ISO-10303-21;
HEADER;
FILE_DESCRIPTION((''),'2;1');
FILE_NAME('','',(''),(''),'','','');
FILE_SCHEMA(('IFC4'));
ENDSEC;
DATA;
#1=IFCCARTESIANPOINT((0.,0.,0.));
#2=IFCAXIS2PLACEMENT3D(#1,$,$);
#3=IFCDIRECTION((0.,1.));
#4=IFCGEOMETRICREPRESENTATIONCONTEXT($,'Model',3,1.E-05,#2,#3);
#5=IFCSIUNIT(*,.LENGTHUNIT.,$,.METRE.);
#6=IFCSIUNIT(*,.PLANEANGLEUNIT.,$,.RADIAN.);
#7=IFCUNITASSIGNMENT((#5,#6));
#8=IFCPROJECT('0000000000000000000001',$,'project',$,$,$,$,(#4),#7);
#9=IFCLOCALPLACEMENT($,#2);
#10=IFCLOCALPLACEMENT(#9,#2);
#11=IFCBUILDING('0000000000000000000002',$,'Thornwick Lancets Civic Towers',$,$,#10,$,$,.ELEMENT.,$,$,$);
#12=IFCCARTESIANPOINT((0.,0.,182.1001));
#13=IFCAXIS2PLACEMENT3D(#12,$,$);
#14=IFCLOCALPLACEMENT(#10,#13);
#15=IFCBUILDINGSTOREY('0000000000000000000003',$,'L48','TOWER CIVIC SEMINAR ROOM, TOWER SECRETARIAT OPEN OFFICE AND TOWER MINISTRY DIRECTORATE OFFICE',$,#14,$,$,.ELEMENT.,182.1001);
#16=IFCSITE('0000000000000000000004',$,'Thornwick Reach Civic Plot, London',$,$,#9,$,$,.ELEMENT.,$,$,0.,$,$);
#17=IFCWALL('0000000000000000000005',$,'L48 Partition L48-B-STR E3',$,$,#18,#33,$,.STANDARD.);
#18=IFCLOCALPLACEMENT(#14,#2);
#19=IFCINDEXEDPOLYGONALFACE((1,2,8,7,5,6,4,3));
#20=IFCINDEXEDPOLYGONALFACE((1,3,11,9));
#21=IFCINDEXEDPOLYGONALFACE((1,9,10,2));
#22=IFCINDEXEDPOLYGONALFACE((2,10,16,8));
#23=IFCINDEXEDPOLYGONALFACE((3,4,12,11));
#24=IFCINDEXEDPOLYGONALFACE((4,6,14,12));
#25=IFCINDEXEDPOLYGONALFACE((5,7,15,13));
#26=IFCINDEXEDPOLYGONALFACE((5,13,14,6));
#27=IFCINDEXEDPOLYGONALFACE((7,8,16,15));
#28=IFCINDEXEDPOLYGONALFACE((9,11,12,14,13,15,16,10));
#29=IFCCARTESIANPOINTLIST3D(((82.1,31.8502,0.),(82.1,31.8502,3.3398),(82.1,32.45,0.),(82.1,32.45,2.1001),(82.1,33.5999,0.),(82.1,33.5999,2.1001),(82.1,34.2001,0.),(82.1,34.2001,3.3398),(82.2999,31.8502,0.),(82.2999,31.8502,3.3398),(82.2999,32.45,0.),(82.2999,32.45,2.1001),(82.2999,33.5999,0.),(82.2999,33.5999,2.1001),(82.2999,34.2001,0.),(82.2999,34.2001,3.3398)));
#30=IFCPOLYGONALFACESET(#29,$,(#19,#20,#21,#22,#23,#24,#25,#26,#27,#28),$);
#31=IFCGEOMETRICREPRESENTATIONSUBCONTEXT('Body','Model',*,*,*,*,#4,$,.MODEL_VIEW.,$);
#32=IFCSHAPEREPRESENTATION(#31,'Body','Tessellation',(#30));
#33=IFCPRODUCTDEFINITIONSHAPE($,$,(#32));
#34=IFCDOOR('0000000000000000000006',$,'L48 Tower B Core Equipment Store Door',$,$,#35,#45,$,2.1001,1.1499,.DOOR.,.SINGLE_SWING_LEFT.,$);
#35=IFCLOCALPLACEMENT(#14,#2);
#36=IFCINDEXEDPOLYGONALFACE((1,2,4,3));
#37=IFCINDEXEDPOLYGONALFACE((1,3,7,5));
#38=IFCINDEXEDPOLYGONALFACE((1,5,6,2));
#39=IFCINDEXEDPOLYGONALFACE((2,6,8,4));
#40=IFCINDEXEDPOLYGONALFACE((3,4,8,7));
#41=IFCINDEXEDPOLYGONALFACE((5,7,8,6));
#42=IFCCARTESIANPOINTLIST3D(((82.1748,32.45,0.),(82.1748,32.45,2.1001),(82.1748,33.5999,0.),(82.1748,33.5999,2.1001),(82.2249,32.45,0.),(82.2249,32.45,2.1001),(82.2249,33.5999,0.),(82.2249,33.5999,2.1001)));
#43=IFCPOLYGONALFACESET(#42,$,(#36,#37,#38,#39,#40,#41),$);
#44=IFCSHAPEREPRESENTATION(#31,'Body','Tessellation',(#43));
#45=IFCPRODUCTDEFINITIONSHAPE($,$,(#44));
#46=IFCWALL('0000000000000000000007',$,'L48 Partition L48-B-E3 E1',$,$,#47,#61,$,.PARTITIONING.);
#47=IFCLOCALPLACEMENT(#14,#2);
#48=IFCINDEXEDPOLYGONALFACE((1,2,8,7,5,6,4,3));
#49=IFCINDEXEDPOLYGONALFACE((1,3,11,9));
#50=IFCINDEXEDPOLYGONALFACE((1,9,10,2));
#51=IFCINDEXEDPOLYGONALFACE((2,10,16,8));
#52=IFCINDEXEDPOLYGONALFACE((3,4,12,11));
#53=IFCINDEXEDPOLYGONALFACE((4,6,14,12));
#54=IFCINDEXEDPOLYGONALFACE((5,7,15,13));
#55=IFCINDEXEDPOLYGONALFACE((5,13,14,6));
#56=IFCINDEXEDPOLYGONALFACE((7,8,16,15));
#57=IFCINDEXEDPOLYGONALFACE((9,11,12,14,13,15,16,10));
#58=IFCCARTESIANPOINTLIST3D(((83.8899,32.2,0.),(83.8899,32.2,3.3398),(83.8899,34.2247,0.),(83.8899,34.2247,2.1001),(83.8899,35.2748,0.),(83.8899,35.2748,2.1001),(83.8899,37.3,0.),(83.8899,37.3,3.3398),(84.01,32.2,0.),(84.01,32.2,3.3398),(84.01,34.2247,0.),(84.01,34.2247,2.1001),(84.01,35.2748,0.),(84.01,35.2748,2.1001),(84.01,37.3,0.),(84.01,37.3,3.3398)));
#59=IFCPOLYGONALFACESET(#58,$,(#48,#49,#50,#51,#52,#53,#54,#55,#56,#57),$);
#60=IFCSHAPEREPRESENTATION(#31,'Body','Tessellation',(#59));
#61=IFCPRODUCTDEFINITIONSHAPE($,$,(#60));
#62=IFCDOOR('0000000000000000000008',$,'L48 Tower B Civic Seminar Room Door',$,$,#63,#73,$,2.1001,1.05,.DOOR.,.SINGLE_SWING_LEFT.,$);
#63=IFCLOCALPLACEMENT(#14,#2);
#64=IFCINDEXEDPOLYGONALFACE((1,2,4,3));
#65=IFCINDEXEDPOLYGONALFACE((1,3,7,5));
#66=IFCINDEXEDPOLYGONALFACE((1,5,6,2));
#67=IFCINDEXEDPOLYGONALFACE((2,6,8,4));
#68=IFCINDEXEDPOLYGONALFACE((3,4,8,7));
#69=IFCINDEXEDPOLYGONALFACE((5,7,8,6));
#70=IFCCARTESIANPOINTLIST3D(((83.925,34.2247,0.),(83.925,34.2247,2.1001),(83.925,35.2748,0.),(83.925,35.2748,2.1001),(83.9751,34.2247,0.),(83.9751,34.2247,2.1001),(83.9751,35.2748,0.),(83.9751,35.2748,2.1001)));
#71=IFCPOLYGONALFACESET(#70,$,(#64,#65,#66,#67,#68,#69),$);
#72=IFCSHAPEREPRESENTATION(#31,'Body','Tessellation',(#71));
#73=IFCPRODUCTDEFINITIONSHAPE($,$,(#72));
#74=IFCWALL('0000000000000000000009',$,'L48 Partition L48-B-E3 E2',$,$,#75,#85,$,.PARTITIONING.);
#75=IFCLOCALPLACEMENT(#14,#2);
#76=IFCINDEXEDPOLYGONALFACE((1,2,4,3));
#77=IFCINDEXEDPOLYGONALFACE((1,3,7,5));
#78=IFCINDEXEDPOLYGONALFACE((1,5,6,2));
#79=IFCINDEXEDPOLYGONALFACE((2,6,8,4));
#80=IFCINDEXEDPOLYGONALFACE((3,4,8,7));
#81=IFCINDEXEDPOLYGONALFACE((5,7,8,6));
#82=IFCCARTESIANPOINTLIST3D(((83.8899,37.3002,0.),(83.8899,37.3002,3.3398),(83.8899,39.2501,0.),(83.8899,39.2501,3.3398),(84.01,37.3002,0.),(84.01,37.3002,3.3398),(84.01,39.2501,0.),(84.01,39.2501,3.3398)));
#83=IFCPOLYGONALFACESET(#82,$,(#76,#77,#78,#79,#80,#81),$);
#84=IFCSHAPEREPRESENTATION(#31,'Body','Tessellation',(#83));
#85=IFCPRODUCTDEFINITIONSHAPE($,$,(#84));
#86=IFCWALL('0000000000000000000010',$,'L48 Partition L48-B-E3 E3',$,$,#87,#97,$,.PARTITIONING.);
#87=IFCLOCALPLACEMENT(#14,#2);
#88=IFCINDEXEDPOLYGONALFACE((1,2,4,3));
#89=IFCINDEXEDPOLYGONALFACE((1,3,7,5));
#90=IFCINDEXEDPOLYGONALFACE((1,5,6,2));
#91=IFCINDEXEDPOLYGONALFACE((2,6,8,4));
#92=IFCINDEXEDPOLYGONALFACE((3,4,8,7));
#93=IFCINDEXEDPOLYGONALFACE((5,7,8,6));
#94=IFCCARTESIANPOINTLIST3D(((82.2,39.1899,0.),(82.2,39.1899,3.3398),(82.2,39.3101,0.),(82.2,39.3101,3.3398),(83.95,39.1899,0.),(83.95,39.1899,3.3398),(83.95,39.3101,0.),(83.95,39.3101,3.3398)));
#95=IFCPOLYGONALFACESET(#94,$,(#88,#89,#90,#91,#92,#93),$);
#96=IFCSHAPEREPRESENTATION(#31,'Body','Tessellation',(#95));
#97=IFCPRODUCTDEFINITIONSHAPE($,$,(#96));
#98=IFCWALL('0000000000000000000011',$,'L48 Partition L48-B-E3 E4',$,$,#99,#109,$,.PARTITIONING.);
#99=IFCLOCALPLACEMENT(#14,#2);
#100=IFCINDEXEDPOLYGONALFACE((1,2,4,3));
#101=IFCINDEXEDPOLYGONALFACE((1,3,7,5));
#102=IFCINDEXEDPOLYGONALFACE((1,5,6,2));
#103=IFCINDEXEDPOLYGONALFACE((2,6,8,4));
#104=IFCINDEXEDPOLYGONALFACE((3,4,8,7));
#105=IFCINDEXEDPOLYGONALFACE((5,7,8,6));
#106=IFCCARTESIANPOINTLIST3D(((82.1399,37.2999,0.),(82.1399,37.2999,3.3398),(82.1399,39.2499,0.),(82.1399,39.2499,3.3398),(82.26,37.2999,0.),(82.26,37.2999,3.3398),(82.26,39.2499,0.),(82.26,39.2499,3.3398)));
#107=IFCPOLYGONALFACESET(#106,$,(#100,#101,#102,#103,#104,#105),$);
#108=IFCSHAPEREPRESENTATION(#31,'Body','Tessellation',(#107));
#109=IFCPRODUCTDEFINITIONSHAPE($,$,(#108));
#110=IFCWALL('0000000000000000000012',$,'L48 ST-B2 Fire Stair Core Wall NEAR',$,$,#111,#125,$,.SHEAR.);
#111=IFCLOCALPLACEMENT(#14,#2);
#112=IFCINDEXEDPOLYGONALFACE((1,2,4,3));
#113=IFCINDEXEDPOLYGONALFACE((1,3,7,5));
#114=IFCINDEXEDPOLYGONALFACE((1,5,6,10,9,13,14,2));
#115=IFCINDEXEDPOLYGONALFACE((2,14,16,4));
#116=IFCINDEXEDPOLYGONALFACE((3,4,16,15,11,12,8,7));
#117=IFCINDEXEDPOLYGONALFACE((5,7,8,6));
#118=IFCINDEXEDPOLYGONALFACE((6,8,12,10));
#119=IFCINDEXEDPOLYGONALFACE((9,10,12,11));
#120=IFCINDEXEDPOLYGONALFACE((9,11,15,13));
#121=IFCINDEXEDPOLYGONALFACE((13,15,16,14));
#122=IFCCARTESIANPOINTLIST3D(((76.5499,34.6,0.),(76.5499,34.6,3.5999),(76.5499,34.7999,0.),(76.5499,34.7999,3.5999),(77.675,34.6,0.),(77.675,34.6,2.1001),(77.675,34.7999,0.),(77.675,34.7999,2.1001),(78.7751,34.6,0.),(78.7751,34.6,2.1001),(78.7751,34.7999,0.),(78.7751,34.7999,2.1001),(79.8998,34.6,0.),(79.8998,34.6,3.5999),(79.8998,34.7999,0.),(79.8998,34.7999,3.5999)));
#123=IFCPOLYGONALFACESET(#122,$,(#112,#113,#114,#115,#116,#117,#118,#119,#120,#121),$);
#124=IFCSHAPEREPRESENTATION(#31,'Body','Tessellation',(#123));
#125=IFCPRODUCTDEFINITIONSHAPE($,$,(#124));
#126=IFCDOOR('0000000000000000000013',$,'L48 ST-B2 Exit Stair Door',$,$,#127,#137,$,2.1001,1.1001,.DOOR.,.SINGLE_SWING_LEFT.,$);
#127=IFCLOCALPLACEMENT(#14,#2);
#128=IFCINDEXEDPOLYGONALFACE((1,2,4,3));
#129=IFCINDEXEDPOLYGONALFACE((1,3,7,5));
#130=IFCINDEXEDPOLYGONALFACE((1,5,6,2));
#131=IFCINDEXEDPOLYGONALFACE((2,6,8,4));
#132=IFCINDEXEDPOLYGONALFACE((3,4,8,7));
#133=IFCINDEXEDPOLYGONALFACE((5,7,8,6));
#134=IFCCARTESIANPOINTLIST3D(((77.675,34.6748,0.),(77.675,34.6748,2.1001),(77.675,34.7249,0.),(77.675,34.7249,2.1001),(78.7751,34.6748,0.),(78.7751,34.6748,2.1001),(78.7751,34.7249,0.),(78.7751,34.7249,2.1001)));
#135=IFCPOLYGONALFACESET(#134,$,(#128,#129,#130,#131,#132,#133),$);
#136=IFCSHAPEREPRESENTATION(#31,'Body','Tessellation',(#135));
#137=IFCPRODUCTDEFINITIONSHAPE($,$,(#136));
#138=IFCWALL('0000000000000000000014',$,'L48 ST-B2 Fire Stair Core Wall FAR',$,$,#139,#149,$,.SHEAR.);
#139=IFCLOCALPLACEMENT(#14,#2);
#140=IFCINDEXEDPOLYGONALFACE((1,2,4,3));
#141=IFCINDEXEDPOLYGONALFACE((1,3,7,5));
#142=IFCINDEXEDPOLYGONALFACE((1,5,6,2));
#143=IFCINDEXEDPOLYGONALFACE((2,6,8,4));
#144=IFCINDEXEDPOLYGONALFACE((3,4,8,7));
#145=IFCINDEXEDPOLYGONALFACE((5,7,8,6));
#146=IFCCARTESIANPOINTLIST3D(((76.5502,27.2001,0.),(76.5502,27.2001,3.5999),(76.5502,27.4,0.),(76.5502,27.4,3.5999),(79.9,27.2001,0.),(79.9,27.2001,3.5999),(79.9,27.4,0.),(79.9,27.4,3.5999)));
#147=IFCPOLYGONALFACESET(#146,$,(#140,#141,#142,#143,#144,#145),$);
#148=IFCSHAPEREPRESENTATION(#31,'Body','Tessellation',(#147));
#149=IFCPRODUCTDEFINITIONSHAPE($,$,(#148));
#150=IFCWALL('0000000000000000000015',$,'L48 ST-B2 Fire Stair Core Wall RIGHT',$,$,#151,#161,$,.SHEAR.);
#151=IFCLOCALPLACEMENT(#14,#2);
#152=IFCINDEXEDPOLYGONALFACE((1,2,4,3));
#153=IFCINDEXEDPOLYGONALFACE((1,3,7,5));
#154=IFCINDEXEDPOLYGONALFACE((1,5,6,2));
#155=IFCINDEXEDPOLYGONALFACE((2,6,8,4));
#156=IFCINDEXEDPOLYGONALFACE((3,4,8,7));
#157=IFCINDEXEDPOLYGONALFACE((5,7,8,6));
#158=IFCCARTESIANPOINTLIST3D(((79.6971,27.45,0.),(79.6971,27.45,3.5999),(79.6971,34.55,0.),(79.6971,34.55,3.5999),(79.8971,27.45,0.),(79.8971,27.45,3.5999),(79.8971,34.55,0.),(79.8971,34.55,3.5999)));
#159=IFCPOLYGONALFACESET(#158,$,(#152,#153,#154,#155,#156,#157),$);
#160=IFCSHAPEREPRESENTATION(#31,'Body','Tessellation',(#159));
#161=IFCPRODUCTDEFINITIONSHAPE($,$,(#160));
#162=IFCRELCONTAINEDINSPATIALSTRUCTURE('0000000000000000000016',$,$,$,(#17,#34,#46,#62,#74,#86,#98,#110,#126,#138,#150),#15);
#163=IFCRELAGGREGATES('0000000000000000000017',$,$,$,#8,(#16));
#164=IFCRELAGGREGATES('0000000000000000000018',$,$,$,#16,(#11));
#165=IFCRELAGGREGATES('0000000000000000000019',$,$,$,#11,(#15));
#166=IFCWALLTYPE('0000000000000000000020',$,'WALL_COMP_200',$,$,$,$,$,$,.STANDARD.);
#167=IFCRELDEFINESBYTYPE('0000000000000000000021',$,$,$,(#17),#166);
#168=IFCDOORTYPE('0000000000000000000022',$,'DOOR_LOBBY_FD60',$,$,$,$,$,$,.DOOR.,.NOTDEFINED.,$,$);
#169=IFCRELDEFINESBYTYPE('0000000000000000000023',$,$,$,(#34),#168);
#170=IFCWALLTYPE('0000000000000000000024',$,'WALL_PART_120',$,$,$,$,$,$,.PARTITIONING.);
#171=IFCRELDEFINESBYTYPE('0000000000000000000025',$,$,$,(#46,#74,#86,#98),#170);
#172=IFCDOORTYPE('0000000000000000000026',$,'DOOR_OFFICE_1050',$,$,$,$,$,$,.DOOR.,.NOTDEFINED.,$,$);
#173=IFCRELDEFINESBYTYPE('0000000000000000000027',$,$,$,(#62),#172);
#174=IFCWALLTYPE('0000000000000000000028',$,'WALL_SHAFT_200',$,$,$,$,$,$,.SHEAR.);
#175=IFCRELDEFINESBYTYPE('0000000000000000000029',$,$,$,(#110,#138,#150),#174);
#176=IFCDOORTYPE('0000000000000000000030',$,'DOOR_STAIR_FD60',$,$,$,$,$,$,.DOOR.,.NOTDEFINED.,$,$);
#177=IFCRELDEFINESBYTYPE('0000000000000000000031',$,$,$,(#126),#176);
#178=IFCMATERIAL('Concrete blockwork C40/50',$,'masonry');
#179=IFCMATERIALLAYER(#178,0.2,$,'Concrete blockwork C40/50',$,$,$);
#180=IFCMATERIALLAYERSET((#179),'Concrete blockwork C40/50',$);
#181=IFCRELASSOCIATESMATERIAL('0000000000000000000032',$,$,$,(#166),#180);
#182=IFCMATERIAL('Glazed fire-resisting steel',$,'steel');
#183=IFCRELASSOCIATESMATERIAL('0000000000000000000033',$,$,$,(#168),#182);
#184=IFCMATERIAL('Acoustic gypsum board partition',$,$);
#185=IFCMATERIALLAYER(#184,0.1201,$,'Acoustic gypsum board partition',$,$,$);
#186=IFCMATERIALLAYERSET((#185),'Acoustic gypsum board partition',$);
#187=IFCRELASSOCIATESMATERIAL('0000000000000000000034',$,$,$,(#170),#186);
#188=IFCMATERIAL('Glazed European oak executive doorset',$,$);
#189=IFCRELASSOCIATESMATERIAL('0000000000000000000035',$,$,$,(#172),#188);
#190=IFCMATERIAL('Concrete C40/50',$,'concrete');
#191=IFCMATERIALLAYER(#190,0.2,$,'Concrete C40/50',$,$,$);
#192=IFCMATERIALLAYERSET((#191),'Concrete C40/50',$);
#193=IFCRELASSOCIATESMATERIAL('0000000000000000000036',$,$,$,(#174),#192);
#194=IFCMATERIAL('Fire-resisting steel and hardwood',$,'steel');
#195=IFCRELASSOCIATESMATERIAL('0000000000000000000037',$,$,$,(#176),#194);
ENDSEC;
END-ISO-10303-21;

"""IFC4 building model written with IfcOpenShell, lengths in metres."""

from ifc_helpers import new_model, si_unit, direction, frame, frame_2d, origin, place, context, subcontext, project, spatial, rectangle, extrude, material, layer, layer_set, type_object, element, fill, save


model = new_model("IFC4")

# Units and contexts
model_context = context("Model", 3, precision=1e-05, world=origin(), true_north=direction((0.0, 1.0)))
body_context = subcontext(model_context, "Body", "Model", "MODEL_VIEW")
ifc_project = project(units=[si_unit("LENGTHUNIT", "METRE"), si_unit("PLANEANGLEUNIT", "RADIAN")], contexts=[model_context])

# Site, building, storey
site_placement = place(None, origin())
site = spatial("IfcSite", under=ifc_project, at=site_placement, Name="Thornwick Reach Civic Plot, London", CompositionType="ELEMENT", RefElevation=0.0)
building_placement = place(site_placement, origin())
building = spatial("IfcBuilding", under=site, at=building_placement, Name="Thornwick Lancets Civic Towers", CompositionType="ELEMENT")
storey_placement = place(building_placement, frame((0.0, 0.0, 182.1001)))
storey = spatial("IfcBuildingStorey", under=building, at=storey_placement, Name="L48", Description="TOWER CIVIC SEMINAR ROOM, TOWER SECRETARIAT OPEN OFFICE AND TOWER MINISTRY DIRECTORATE OFFICE", CompositionType="ELEMENT", Elevation=182.1001)

# Shared definitions
ifc_material_1 = material(Name="Concrete blockwork C40/50", Category="masonry")
ifc_layer_1 = layer(ifc_material_1, 0.2, Name="Concrete blockwork C40/50")
ifc_layer_set_1 = layer_set([ifc_layer_1], Name="Concrete blockwork C40/50")
wall_type_1 = type_object("IfcWallType", Name="WALL_COMP_200", PredefinedType="STANDARD", material=ifc_layer_set_1)

# Shared definitions
ifc_material_2 = material(Name="Glazed fire-resisting steel", Category="steel")
door_type_1 = type_object("IfcDoorType", Name="DOOR_LOBBY_FD60", OperationType="NOTDEFINED", PredefinedType="DOOR", material=ifc_material_2)

# Walls, openings, doors
wall_1_placement = place(storey_placement, frame((82.2, 34.2, 0.0), z_axis=(0.0, 0.0, 1.0), x_axis=(0.0, -1.0, 0.0)))
wall_1 = element("IfcWall", 1, at=wall_1_placement, inside=storey, type_object=wall_type_1, Name="L48 Partition L48-B-STR E3", PredefinedType="STANDARD", context=body_context, shape_type="SweptSolid", body=[
    extrude(rectangle(XDim=2.3499, YDim=0.2, at=frame_2d((1.1748, 0.0))), origin(), (0.0, 0.0, 1.0), 3.3398),
])
opening_1_placement = place(wall_1_placement, frame((0.6001, 0.0, 0.0)))
opening_1 = element("IfcOpeningElement", 2, at=opening_1_placement, cuts=wall_1, PredefinedType="OPENING", context=body_context, shape_type="SweptSolid", body=[
    extrude(rectangle(XDim=1.1499, YDim=2.1001, at=frame_2d((0.575, 1.05))), frame((0.0, 0.1099, 0.0), z_axis=(0.0, -1.0, 0.0), x_axis=(1.0, 0.0, 0.0)), (0.0, 0.0, 1.0), 0.22),
])
door_1_placement = place(opening_1_placement, origin())
door_1 = element("IfcDoor", 3, at=door_1_placement, inside=storey, type_object=door_type_1, Name="L48 Tower B Core Equipment Store Door", OperationType="SINGLE_SWING_LEFT", OverallHeight=2.1001, OverallWidth=1.1499, PredefinedType="DOOR", context=body_context, shape_type="SweptSolid", body=[
    extrude(rectangle(XDim=1.1499, YDim=2.1001, at=frame_2d((0.575, 1.05))), frame((0.0, 0.0249, 0.0), z_axis=(0.0, -1.0, 0.0), x_axis=(1.0, 0.0, 0.0)), (0.0, 0.0, 1.0), 0.05),
])
fill(opening_1, door_1)
ifc_material_3 = material(Name="Acoustic gypsum board partition")
ifc_layer_2 = layer(ifc_material_3, 0.1201, Name="Acoustic gypsum board partition")
ifc_layer_set_2 = layer_set([ifc_layer_2], Name="Acoustic gypsum board partition")
wall_type_2 = type_object("IfcWallType", Name="WALL_PART_120", PredefinedType="PARTITIONING", material=ifc_layer_set_2)
wall_2_placement = place(storey_placement, frame((83.95, 32.2, 0.0), z_axis=(0.0, 0.0, 1.0), x_axis=(0.0, 1.0, 0.0)))
wall_2 = element("IfcWall", 4, at=wall_2_placement, inside=storey, type_object=wall_type_2, Name="L48 Partition L48-B-E3 E1", PredefinedType="PARTITIONING", context=body_context, shape_type="SweptSolid", body=[
    extrude(rectangle(XDim=5.1001, YDim=0.1201, at=frame_2d((2.55, 0.0))), origin(), (0.0, 0.0, 1.0), 3.3398),
])
opening_2_placement = place(wall_2_placement, frame((2.0249, 0.0, 0.0)))
opening_2 = element("IfcOpeningElement", 5, at=opening_2_placement, cuts=wall_2, PredefinedType="OPENING", context=body_context, shape_type="SweptSolid", body=[
    extrude(rectangle(XDim=1.05, YDim=2.1001, at=frame_2d((0.5249, 1.05))), frame((0.0, 0.0701, 0.0), z_axis=(0.0, -1.0, 0.0), x_axis=(1.0, 0.0, 0.0)), (0.0, 0.0, 1.0), 0.1401),
])
ifc_material_4 = material(Name="Glazed European oak executive doorset")
door_type_2 = type_object("IfcDoorType", Name="DOOR_OFFICE_1050", OperationType="NOTDEFINED", PredefinedType="DOOR", material=ifc_material_4)
door_2_placement = place(opening_2_placement, origin())
door_2 = element("IfcDoor", 6, at=door_2_placement, inside=storey, type_object=door_type_2, Name="L48 Tower B Civic Seminar Room Door", OperationType="SINGLE_SWING_LEFT", OverallHeight=2.1001, OverallWidth=1.05, PredefinedType="DOOR", context=body_context, shape_type="SweptSolid", body=[
    extrude(rectangle(XDim=1.05, YDim=2.1001, at=frame_2d((0.5249, 1.05))), frame((0.0, 0.0249, 0.0), z_axis=(0.0, -1.0, 0.0), x_axis=(1.0, 0.0, 0.0)), (0.0, 0.0, 1.0), 0.05),
])
fill(opening_2, door_2)

# Walls
wall_3_placement = place(storey_placement, frame((83.95, 37.3, 0.0), z_axis=(0.0, 0.0, 1.0), x_axis=(0.0, 1.0, 0.0)))
element("IfcWall", 7, at=wall_3_placement, inside=storey, type_object=wall_type_2, Name="L48 Partition L48-B-E3 E2", PredefinedType="PARTITIONING", context=body_context, shape_type="SweptSolid", body=[
    extrude(rectangle(XDim=1.95, YDim=0.1201, at=frame_2d((0.9751, 0.0))), origin(), (0.0, 0.0, 1.0), 3.3398),
])
wall_4_placement = place(storey_placement, frame((83.95, 39.25, 0.0), z_axis=(0.0, 0.0, 1.0), x_axis=(-1.0, 0.0, 0.0)))
element("IfcWall", 8, at=wall_4_placement, inside=storey, type_object=wall_type_2, Name="L48 Partition L48-B-E3 E3", PredefinedType="PARTITIONING", context=body_context, shape_type="SweptSolid", body=[
    extrude(rectangle(XDim=1.75, YDim=0.1201, at=frame_2d((0.875, 0.0))), origin(), (0.0, 0.0, 1.0), 3.3398),
])
wall_5_placement = place(storey_placement, frame((82.2, 39.25, 0.0), z_axis=(0.0, 0.0, 1.0), x_axis=(0.0, -1.0, 0.0)))
element("IfcWall", 9, at=wall_5_placement, inside=storey, type_object=wall_type_2, Name="L48 Partition L48-B-E3 E4", PredefinedType="PARTITIONING", context=body_context, shape_type="SweptSolid", body=[
    extrude(rectangle(XDim=1.95, YDim=0.1201, at=frame_2d((0.9751, 0.0))), origin(), (0.0, 0.0, 1.0), 3.3398),
])

# Wall, opening, door
ifc_material_5 = material(Name="Concrete C40/50", Category="concrete")
ifc_layer_3 = layer(ifc_material_5, 0.2, Name="Concrete C40/50")
ifc_layer_set_3 = layer_set([ifc_layer_3], Name="Concrete C40/50")
wall_type_3 = type_object("IfcWallType", Name="WALL_SHAFT_200", PredefinedType="SHEAR", material=ifc_layer_set_3)
wall_6_placement = place(storey_placement, frame((76.55, 34.7, 0.0), z_axis=(0.0, 0.0, 1.0), x_axis=(1.0, 0.0, 0.0)))
wall_6 = element("IfcWall", 10, at=wall_6_placement, inside=storey, type_object=wall_type_3, Name="L48 ST-B2 Fire Stair Core Wall NEAR", PredefinedType="SHEAR", context=body_context, shape_type="SweptSolid", body=[
    extrude(rectangle(XDim=3.3499, YDim=0.2, at=frame_2d((1.6748, 0.0))), origin(), (0.0, 0.0, 1.0), 3.5999),
])
opening_3_placement = place(wall_6_placement, frame((1.125, 0.0, 0.0)))
opening_3 = element("IfcOpeningElement", 11, at=opening_3_placement, cuts=wall_6, PredefinedType="OPENING", context=body_context, shape_type="SweptSolid", body=[
    extrude(rectangle(XDim=1.1001, YDim=2.1001, at=frame_2d((0.55, 1.05))), frame((0.0, 0.1099, 0.0), z_axis=(0.0, -1.0, 0.0), x_axis=(1.0, 0.0, 0.0)), (0.0, 0.0, 1.0), 0.22),
])
ifc_material_6 = material(Name="Fire-resisting steel and hardwood", Category="steel")
door_type_3 = type_object("IfcDoorType", Name="DOOR_STAIR_FD60", OperationType="NOTDEFINED", PredefinedType="DOOR", material=ifc_material_6)
door_3_placement = place(opening_3_placement, origin())
door_3 = element("IfcDoor", 12, at=door_3_placement, inside=storey, type_object=door_type_3, Name="L48 ST-B2 Exit Stair Door", OperationType="SINGLE_SWING_LEFT", OverallHeight=2.1001, OverallWidth=1.1001, PredefinedType="DOOR", context=body_context, shape_type="SweptSolid", body=[
    extrude(rectangle(XDim=1.1001, YDim=2.1001, at=frame_2d((0.55, 1.05))), frame((0.0, 0.0249, 0.0), z_axis=(0.0, -1.0, 0.0), x_axis=(1.0, 0.0, 0.0)), (0.0, 0.0, 1.0), 0.05),
])
fill(opening_3, door_3)

# Walls
wall_7_placement = place(storey_placement, frame((79.8999, 27.3, 0.0), z_axis=(0.0, 0.0, 1.0), x_axis=(-1.0, 0.0, 0.0)))
element("IfcWall", 13, at=wall_7_placement, inside=storey, type_object=wall_type_3, Name="L48 ST-B2 Fire Stair Core Wall FAR", PredefinedType="SHEAR", context=body_context, shape_type="SweptSolid", body=[
    extrude(rectangle(XDim=3.3499, YDim=0.2, at=frame_2d((1.6748, 0.0))), origin(), (0.0, 0.0, 1.0), 3.5999),
])
wall_8_placement = place(storey_placement, frame((79.7971, 27.45, 0.0), z_axis=(0.0, 0.0, 1.0), x_axis=(0.0, 1.0, 0.0)))
element("IfcWall", 14, at=wall_8_placement, inside=storey, type_object=wall_type_3, Name="L48 ST-B2 Fire Stair Core Wall RIGHT", PredefinedType="SHEAR", context=body_context, shape_type="SweptSolid", body=[
    extrude(rectangle(XDim=7.1001, YDim=0.2, at=frame_2d((3.55, 0.0))), origin(), (0.0, 0.0, 1.0), 3.5999),
])

save(model, "model.ifc")
